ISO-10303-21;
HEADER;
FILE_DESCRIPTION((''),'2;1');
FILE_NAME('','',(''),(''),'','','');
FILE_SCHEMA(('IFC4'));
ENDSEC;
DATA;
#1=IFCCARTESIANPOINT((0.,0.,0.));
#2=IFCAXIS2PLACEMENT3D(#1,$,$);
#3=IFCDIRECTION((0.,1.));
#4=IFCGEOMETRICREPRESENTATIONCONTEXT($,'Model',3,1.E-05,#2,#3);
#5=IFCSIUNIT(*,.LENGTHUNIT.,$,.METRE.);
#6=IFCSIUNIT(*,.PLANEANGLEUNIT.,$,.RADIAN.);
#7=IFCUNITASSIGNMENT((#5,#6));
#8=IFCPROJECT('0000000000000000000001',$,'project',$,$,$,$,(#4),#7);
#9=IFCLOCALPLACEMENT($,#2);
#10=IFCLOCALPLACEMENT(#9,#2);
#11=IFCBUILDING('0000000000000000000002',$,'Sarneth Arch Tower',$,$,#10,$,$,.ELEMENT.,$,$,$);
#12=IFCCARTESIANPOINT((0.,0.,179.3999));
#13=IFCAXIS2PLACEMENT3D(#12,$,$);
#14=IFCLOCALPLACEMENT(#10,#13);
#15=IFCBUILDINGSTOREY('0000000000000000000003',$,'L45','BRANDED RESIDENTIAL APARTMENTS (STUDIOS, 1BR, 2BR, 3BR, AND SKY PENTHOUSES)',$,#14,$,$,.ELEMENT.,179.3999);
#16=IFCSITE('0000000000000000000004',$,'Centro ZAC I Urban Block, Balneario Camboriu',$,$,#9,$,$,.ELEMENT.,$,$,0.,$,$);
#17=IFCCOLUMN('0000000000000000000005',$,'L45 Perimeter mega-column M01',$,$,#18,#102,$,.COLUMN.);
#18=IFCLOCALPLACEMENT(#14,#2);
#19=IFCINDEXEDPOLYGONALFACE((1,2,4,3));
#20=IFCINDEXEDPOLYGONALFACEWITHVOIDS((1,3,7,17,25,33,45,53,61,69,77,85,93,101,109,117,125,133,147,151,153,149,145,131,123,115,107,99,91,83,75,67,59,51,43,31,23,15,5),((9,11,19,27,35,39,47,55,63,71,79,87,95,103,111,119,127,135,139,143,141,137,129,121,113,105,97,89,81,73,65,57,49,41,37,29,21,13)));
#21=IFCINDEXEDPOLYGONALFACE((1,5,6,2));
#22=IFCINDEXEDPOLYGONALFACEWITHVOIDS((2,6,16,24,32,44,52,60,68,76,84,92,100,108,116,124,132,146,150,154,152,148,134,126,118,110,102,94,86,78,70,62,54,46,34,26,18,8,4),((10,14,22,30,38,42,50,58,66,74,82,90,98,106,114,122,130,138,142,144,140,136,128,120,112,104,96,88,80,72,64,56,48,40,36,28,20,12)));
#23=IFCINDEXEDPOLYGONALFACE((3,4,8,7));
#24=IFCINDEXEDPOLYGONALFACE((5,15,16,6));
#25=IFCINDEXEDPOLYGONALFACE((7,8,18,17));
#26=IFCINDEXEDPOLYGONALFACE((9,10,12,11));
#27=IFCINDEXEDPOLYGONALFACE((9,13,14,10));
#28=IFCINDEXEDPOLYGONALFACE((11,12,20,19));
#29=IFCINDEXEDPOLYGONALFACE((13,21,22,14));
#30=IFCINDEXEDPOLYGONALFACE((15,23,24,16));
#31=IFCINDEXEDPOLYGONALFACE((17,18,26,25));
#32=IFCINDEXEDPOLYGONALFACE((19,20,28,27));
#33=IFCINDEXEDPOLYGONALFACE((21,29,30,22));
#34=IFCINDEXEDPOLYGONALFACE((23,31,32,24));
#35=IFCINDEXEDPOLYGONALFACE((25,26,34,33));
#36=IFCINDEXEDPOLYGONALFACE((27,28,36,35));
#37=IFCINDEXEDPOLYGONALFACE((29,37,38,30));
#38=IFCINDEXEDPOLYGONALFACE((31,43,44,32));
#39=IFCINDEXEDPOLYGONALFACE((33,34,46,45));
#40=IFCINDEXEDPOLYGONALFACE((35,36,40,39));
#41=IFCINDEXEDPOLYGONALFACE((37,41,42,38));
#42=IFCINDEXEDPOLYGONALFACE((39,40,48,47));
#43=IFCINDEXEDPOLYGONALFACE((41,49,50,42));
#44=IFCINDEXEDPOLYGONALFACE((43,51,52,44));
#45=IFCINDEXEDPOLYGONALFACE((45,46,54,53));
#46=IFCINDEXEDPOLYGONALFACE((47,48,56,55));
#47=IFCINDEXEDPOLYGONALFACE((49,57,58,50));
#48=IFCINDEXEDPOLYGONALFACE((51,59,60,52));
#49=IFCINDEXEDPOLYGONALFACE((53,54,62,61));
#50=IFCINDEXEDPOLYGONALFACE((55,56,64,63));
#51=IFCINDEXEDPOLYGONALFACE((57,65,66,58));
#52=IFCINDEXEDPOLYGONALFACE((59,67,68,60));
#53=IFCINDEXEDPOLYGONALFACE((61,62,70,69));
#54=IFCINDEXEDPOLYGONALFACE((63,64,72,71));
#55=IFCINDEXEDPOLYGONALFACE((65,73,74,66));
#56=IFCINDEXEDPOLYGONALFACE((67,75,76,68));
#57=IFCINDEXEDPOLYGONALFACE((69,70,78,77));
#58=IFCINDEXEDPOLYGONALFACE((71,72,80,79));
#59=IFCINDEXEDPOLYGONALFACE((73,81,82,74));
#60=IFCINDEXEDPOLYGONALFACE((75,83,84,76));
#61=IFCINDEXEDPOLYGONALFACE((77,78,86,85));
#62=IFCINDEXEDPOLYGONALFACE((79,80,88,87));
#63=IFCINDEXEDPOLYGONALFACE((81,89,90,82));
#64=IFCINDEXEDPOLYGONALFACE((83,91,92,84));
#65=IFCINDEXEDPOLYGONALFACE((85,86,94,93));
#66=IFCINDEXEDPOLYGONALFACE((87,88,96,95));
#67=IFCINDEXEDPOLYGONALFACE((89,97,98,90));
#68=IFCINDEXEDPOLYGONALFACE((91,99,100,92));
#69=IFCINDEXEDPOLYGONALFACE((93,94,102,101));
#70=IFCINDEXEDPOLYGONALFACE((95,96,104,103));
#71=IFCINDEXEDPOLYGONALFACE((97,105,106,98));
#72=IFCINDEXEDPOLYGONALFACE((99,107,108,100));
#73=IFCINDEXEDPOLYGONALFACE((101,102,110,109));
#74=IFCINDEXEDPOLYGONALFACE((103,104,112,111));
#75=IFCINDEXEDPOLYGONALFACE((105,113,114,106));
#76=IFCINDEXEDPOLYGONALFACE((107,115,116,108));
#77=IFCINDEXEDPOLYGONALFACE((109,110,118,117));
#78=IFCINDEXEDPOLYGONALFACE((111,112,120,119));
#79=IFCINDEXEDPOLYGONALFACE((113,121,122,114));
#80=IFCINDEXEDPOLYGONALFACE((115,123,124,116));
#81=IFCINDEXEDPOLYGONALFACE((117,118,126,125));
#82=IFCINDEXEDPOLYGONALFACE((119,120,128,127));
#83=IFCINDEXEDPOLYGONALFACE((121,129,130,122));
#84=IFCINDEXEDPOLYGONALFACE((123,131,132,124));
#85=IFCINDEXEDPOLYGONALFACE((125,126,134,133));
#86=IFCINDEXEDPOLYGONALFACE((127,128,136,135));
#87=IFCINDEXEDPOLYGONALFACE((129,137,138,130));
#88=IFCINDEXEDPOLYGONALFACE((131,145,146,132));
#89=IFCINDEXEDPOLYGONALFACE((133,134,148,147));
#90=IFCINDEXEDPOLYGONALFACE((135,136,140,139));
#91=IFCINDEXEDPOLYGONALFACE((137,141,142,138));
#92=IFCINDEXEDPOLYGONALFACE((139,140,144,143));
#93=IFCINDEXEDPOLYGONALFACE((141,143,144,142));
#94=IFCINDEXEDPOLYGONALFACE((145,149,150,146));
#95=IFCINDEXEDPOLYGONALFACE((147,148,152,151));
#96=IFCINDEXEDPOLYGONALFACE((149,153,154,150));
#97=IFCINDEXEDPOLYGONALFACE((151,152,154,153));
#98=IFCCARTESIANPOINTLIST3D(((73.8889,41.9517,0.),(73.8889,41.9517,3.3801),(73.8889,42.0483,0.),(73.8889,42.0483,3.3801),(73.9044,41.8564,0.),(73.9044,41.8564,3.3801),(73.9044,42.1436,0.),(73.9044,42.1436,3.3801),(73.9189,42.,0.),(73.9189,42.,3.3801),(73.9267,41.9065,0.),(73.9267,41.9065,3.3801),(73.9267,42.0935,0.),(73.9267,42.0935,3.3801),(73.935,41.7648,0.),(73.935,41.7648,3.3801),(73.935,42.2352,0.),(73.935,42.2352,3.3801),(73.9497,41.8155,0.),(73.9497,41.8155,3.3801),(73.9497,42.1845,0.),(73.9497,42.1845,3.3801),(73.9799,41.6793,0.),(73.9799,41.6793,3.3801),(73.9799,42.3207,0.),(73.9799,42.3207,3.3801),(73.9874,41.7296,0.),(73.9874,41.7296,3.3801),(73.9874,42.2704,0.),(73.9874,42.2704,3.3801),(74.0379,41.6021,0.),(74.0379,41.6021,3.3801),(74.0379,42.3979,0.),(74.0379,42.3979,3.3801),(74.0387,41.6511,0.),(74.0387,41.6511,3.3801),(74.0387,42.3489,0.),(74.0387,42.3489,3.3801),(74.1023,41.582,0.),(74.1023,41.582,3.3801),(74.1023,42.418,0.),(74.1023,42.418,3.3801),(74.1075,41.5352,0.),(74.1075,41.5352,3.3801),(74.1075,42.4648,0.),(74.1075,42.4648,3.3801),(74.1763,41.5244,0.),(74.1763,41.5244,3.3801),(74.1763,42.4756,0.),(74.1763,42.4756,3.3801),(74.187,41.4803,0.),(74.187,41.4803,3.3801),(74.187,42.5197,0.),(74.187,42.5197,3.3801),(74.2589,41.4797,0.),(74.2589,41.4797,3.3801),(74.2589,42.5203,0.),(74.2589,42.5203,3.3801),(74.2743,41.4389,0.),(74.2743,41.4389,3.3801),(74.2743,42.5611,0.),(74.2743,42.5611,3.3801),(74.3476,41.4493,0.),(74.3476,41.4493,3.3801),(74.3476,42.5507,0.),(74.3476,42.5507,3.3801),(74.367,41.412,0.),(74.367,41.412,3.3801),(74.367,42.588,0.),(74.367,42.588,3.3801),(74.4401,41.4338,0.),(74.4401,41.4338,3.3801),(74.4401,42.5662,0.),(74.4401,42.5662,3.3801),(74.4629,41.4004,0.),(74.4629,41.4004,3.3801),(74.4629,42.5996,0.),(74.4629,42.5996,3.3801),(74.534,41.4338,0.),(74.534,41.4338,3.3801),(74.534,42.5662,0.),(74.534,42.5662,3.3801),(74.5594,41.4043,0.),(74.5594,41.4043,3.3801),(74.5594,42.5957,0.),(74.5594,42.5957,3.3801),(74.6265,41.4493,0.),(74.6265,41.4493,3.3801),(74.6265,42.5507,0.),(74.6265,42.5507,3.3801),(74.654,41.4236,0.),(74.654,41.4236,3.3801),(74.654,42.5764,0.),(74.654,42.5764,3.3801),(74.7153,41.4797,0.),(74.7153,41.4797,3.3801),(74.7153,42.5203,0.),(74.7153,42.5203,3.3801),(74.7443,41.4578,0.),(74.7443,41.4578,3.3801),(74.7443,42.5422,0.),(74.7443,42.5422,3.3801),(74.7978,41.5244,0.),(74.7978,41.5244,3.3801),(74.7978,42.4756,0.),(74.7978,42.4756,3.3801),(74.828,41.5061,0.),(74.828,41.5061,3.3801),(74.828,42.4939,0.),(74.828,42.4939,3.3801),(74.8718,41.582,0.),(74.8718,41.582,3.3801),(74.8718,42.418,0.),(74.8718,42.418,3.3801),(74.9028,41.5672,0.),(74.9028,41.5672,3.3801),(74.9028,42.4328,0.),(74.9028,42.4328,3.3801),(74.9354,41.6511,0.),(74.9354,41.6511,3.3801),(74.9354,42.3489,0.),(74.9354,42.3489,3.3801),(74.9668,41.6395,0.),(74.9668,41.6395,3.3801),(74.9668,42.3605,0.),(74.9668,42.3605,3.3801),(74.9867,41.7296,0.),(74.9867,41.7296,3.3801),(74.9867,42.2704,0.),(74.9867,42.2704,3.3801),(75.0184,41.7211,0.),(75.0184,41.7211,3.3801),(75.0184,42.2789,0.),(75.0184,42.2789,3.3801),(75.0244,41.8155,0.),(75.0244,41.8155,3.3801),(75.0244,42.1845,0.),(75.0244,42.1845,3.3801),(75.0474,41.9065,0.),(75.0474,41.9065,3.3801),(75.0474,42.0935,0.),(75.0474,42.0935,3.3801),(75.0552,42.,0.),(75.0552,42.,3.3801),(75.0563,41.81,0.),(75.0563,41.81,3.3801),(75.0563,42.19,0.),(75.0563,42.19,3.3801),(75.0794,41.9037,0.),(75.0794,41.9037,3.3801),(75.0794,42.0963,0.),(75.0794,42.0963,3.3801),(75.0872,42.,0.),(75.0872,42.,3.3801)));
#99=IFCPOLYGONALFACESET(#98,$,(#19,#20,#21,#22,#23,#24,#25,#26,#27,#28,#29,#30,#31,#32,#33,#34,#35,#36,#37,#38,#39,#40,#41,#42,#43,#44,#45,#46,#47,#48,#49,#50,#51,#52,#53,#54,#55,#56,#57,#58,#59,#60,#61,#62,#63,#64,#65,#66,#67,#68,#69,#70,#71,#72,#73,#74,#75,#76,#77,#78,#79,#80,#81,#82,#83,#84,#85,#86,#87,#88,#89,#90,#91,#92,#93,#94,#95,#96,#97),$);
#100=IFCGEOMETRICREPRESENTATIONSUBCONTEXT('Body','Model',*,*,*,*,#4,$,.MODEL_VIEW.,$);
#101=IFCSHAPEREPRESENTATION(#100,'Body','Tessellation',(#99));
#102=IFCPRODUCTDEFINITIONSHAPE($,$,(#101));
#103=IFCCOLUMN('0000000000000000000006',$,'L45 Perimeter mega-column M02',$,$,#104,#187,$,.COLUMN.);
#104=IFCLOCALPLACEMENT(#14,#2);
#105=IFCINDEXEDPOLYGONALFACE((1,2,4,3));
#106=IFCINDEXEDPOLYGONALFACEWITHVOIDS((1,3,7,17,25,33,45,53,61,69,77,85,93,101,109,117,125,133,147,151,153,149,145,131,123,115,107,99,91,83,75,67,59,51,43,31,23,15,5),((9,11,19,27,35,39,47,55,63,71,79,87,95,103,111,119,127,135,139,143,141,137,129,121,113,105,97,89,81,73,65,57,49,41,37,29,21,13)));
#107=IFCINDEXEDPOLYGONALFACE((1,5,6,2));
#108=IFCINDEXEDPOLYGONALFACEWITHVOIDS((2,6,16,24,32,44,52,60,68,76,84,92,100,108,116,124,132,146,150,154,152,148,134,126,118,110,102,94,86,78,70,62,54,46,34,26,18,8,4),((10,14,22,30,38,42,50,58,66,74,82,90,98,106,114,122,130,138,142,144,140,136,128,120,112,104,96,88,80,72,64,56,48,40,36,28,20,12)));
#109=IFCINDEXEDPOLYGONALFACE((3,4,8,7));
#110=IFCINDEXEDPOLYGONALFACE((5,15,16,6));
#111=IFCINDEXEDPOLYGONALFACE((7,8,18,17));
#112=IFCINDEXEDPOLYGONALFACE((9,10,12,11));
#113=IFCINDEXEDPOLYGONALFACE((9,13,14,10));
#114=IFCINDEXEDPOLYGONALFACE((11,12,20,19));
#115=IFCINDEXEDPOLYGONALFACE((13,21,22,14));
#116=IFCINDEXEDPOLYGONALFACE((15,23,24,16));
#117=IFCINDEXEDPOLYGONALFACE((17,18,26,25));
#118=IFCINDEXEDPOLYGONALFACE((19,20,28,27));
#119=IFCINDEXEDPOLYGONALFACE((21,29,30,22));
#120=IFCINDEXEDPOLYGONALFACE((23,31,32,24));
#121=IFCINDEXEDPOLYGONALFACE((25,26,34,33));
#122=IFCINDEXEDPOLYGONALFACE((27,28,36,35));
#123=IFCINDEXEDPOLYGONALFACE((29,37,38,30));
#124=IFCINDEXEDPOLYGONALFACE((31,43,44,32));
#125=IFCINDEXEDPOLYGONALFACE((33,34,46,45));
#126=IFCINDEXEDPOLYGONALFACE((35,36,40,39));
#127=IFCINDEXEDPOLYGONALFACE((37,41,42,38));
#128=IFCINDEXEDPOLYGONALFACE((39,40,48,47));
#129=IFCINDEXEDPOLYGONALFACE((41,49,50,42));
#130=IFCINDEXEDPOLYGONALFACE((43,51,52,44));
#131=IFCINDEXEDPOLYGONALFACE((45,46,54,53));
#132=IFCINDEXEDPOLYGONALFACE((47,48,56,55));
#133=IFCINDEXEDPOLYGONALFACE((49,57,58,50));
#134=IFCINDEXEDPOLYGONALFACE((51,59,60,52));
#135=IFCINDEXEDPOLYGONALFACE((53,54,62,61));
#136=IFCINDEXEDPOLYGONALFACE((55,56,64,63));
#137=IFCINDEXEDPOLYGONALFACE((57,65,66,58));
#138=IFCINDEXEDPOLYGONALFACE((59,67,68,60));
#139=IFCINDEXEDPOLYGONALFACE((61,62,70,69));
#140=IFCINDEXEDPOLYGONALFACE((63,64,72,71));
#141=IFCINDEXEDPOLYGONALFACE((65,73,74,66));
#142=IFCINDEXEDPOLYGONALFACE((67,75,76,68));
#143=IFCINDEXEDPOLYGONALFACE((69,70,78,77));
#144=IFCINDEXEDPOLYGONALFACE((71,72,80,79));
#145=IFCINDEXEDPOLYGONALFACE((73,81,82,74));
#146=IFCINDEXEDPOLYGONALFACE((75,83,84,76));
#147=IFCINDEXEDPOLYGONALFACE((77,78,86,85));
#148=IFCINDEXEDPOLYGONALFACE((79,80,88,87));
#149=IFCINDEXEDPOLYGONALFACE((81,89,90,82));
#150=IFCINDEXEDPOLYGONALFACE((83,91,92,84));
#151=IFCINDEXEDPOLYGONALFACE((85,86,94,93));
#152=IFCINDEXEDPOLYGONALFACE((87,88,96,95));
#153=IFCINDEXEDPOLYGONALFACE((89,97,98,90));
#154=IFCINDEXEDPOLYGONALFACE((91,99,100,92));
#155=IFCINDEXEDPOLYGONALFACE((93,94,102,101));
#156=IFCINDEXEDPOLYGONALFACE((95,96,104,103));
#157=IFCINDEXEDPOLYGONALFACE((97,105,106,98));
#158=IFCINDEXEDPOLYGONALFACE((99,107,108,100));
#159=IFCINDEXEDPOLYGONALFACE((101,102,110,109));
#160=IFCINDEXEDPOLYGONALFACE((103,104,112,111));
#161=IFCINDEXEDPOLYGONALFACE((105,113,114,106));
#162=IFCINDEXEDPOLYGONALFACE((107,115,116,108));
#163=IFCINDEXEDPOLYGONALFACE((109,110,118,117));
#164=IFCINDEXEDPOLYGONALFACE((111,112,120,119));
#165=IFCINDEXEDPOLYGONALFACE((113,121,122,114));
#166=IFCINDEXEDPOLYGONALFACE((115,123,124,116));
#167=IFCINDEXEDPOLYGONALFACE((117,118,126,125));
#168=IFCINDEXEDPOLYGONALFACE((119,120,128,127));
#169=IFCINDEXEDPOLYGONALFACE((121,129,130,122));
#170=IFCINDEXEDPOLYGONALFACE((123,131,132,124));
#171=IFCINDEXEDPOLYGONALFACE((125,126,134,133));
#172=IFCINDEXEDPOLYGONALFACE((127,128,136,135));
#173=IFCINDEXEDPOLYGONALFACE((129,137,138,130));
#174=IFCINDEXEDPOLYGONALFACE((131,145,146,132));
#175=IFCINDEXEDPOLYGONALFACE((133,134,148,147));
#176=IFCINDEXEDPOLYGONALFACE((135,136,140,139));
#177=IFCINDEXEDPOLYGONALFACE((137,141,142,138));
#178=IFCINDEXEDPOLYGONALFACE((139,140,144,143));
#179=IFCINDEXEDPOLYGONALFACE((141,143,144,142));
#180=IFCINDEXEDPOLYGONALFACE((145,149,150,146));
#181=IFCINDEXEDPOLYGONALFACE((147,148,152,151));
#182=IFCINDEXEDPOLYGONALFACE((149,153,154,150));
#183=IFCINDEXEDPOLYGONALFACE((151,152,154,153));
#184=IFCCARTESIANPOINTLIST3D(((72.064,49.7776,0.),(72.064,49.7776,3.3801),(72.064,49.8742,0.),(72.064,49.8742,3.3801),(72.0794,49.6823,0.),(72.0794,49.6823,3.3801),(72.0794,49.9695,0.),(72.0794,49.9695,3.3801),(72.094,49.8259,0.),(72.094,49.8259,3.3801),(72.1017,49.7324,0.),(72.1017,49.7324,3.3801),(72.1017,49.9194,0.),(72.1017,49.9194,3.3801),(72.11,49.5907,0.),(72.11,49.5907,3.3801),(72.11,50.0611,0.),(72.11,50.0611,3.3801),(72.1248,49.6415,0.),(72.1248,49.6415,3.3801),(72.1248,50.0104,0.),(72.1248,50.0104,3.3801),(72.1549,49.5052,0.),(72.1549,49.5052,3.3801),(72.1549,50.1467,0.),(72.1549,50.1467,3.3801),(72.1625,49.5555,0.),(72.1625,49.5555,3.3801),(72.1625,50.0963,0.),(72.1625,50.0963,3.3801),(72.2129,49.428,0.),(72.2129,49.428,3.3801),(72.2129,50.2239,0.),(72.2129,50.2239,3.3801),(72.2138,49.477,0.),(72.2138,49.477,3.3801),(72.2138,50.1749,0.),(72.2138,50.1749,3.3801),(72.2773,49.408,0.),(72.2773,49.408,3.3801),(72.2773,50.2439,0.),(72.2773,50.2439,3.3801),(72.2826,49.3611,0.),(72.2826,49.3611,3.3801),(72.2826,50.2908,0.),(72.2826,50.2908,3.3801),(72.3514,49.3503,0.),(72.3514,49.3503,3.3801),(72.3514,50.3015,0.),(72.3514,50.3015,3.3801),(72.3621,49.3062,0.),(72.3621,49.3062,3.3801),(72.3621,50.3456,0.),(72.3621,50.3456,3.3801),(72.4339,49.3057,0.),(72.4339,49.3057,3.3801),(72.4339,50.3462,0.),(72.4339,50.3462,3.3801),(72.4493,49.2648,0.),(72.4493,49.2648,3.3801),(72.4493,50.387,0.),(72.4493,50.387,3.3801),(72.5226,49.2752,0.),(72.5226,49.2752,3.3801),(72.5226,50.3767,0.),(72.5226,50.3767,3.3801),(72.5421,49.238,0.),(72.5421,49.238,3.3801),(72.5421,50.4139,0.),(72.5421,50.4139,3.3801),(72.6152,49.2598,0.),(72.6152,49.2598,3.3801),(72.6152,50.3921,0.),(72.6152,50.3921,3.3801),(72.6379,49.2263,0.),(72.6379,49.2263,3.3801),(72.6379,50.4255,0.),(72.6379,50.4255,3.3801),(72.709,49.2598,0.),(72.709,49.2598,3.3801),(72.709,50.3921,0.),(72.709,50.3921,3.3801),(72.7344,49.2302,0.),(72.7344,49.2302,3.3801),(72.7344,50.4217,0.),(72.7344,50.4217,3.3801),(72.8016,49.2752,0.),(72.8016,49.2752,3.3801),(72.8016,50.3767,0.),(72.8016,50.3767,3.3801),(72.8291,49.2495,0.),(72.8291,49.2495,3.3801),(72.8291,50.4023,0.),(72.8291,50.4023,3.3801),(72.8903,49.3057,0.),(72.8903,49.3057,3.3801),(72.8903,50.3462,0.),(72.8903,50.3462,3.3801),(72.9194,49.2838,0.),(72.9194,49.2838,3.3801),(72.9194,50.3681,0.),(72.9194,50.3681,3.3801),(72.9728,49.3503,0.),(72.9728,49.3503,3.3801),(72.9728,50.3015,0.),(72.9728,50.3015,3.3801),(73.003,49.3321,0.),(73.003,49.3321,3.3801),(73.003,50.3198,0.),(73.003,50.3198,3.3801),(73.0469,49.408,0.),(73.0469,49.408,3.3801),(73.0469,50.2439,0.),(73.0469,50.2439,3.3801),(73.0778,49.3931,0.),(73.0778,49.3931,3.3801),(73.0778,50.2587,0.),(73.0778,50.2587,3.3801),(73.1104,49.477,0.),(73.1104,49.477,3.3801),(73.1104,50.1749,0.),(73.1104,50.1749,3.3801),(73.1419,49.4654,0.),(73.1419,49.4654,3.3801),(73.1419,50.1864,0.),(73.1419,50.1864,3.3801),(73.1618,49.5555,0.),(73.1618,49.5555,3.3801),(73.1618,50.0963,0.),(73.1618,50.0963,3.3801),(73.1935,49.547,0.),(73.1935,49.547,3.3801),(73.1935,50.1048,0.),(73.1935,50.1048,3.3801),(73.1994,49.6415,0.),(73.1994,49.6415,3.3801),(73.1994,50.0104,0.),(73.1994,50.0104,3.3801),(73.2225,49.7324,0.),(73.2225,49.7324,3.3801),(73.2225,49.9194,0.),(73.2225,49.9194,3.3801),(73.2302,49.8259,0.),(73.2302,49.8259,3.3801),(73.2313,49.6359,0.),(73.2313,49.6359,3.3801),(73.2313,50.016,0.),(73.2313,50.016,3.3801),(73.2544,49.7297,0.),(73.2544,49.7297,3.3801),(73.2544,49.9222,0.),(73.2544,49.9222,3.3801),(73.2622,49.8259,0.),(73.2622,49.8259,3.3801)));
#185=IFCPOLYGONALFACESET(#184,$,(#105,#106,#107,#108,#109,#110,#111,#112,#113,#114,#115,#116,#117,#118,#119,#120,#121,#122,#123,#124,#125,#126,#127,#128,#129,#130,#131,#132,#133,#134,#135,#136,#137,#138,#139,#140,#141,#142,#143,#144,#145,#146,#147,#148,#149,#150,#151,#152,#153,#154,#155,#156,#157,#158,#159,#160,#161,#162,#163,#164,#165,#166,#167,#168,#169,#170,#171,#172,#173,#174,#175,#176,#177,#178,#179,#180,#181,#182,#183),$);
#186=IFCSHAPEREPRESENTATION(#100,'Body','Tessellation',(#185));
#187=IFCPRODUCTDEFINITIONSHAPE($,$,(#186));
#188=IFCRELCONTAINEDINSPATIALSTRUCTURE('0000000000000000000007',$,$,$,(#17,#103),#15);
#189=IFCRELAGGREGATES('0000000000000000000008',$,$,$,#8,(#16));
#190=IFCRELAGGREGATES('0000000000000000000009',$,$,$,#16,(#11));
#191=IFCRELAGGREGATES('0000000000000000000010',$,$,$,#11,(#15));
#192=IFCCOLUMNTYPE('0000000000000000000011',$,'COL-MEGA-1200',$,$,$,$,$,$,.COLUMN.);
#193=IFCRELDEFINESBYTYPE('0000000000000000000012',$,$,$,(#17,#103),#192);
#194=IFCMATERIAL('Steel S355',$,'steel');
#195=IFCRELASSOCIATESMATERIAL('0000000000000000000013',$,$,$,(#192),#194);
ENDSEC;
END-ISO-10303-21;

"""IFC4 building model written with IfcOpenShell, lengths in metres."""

from ifc_helpers import new_model, si_unit, direction, frame, origin, origin_2d, place, context, subcontext, project, spatial, hollow_circle, extrude, material, material_profile, profile_set, type_object, element, save


model = new_model("IFC4")

# Units and contexts
model_context = context("Model", 3, precision=1e-05, world=origin(), true_north=direction((0.0, 1.0)))
body_context = subcontext(model_context, "Body", "Model", "MODEL_VIEW")
ifc_project = project(units=[si_unit("LENGTHUNIT", "METRE"), si_unit("PLANEANGLEUNIT", "RADIAN")], contexts=[model_context])

# Site, building, storey
site_placement = place(None, origin())
site = spatial("IfcSite", under=ifc_project, at=site_placement, Name="Centro ZAC I Urban Block, Balneario Camboriu", CompositionType="ELEMENT", RefElevation=0.0)
building_placement = place(site_placement, origin())
building = spatial("IfcBuilding", under=site, at=building_placement, Name="Sarneth Arch Tower", CompositionType="ELEMENT")
storey_placement = place(building_placement, frame((0.0, 0.0, 179.3999)))
storey = spatial("IfcBuildingStorey", under=building, at=storey_placement, Name="L45", Description="BRANDED RESIDENTIAL APARTMENTS (STUDIOS, 1BR, 2BR, 3BR, AND SKY PENTHOUSES)", CompositionType="ELEMENT", Elevation=179.3999)

# Columns
ifc_material_1 = material(Name="Steel S355", Category="steel")
ifc_material_profile_1 = material_profile(ifc_material_1, hollow_circle(Radius=0.6001, WallThickness=0.032, at=origin_2d()), Name="CHS1200x32")
ifc_profile_set_1 = profile_set([ifc_material_profile_1], Name="Steel S355")
column_type = type_object("IfcColumnType", Name="COL-MEGA-1200", PredefinedType="COLUMN", material=ifc_profile_set_1)
for number, where, z_axis, x_axis, name in (
    (1, (74.4871, 42.0, 0.0), (0.0, 0.0, 1.0), (1.0, 0.0, 0.0), "L45 Perimeter mega-column M01"),
    (2, (72.6621, 49.8259, 0.0), (0.0, 0.0, 1.0), (1.0, 0.0, 0.0), "L45 Perimeter mega-column M02"),
):
    element("IfcColumn", number, at=place(storey_placement, frame(where, z_axis=z_axis, x_axis=x_axis)), inside=storey, type_object=column_type, Name=name, PredefinedType="COLUMN", context=body_context, shape_type="SweptSolid", body=[
        extrude(hollow_circle(Radius=0.6001, WallThickness=0.032, at=origin_2d()), origin(), (0.0, 0.0, 1.0), 3.3801),
    ])

save(model, "model.ifc")
